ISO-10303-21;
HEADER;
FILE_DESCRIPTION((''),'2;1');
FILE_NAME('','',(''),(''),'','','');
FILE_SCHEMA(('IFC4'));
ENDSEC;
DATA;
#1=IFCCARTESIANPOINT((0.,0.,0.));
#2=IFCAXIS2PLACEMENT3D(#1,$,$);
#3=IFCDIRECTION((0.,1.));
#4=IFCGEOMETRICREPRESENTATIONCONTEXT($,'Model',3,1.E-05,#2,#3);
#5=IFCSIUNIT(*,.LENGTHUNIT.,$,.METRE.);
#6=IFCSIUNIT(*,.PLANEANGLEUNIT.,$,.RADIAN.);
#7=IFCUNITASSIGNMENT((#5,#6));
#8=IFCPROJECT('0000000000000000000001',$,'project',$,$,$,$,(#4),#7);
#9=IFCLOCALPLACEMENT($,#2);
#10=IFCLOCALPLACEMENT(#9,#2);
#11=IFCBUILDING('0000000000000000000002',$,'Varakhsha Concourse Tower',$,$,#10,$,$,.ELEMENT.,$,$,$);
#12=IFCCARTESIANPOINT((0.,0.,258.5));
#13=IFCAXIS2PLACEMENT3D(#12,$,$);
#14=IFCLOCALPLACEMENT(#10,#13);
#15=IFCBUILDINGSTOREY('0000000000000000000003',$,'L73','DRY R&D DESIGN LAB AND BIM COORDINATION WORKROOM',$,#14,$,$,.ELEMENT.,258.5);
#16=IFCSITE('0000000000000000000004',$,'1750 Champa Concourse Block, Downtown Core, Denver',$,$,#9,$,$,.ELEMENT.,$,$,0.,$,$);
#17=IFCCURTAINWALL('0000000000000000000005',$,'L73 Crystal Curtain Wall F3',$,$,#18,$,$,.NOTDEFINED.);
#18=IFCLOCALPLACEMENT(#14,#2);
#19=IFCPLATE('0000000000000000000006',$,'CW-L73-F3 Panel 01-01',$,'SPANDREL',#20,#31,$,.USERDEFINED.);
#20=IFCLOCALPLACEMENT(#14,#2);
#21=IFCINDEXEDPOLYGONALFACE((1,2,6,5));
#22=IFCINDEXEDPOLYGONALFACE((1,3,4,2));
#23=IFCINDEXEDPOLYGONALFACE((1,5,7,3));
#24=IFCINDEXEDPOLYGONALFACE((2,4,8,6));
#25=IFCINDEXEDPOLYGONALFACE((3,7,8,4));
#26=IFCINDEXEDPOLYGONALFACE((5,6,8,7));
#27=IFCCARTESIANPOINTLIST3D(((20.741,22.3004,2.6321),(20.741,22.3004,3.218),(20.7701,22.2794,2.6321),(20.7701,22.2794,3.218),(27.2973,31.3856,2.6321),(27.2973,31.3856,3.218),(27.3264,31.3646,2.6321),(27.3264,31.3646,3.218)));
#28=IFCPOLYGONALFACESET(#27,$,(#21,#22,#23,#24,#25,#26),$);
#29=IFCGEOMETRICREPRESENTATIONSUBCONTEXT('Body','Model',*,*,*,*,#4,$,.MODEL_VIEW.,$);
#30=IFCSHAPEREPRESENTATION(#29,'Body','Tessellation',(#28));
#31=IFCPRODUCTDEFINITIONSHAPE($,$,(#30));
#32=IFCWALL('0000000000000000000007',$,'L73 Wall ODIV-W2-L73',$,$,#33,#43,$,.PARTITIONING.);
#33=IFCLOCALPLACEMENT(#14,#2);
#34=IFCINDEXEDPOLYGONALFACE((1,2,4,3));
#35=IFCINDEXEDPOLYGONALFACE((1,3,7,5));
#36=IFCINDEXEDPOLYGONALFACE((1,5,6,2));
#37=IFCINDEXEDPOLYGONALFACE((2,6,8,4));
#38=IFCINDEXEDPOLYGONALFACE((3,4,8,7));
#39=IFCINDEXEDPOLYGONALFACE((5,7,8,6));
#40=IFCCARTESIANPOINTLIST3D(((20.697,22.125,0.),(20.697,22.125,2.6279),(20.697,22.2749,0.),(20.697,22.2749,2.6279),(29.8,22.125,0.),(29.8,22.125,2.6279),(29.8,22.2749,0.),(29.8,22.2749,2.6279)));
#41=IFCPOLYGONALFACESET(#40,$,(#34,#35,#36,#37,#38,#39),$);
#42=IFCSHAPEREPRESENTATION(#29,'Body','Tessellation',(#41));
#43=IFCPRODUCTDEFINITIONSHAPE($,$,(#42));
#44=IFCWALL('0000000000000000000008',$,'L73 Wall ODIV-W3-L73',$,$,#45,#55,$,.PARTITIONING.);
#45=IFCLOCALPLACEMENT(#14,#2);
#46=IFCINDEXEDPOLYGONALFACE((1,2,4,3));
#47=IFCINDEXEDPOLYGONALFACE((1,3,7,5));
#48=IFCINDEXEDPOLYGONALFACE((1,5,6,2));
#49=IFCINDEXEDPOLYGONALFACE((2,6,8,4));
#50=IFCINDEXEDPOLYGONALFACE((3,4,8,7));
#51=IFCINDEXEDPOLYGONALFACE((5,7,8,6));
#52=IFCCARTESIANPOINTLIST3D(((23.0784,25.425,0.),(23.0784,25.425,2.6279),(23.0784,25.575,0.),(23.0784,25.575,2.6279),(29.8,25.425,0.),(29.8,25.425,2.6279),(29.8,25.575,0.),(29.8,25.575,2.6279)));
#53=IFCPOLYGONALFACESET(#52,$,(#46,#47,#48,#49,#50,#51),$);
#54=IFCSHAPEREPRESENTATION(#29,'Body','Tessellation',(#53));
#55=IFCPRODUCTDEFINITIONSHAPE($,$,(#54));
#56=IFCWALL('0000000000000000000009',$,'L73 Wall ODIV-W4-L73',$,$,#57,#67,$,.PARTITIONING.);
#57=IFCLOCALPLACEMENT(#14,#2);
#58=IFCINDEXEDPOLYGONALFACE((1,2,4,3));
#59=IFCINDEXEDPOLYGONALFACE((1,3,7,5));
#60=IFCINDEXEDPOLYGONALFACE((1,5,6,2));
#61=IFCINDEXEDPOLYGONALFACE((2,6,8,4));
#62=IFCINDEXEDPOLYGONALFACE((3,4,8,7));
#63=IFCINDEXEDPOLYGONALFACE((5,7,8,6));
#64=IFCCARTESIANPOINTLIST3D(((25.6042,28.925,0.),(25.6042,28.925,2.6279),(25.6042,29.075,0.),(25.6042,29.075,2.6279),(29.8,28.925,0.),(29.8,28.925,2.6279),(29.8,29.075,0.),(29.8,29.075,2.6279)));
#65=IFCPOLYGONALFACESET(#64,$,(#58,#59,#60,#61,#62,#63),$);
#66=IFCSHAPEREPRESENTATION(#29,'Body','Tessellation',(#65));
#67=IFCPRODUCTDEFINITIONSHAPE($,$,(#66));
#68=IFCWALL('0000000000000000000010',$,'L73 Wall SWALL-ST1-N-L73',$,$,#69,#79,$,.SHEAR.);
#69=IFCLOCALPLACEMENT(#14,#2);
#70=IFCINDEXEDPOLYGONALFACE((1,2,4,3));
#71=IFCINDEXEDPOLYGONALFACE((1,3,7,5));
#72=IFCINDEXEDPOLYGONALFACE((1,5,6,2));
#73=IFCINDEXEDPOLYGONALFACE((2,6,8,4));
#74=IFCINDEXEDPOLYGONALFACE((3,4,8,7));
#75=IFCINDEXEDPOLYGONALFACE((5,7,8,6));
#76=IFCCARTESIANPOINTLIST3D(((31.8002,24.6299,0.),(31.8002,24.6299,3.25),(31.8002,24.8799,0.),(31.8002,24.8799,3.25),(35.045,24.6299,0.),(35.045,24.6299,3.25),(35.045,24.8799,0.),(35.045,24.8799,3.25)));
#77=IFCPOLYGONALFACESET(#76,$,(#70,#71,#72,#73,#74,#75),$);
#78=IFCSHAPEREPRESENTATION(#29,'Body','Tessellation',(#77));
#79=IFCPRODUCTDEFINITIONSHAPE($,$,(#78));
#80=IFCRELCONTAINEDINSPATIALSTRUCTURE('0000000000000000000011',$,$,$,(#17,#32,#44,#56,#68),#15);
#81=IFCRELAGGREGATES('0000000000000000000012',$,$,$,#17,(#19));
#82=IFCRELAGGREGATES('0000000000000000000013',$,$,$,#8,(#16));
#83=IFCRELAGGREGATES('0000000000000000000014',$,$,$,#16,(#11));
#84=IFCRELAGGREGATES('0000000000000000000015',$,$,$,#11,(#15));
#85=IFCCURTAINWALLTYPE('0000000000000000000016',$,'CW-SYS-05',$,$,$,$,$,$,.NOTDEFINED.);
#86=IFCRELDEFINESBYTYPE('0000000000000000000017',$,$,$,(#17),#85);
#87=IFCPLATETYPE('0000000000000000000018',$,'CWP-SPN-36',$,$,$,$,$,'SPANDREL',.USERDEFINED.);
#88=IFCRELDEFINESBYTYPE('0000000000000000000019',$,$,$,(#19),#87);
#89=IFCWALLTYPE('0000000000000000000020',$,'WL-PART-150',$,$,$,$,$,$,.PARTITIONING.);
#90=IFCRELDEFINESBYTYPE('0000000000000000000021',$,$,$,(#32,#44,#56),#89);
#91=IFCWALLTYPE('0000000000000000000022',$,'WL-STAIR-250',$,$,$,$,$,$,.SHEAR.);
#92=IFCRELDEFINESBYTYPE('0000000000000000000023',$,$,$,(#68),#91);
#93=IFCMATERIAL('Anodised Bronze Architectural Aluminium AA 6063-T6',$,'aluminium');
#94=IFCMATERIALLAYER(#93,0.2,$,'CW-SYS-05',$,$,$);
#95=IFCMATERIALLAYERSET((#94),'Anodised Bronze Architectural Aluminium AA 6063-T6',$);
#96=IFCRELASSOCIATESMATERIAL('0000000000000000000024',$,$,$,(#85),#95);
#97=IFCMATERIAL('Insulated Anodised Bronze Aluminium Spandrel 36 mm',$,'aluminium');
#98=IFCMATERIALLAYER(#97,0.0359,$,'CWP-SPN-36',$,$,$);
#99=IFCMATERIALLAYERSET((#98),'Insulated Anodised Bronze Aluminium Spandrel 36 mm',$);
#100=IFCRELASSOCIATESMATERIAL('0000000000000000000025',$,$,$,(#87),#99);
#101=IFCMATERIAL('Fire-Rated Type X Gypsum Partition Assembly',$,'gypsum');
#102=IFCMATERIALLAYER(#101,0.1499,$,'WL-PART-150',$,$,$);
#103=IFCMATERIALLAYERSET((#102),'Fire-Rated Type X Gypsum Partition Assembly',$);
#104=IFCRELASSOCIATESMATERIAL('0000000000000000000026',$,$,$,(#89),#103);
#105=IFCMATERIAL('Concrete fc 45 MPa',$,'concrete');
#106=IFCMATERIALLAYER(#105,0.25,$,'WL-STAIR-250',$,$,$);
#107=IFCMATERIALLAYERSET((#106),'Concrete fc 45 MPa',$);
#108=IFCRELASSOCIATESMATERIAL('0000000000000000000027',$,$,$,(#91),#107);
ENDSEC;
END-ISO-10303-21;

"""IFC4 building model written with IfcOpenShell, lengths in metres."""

from ifc_helpers import new_model, si_unit, direction, frame, frame_2d, origin, origin_2d, place, context, subcontext, project, spatial, rectangle, extrude, source, transform, mapped, material, layer, layer_set, type_object, type_shapes, element, aggregate, save


model = new_model("IFC4")

# Units and contexts
model_context = context("Model", 3, precision=1e-05, world=origin(), true_north=direction((0.0, 1.0)))
body_context = subcontext(model_context, "Body", "Model", "MODEL_VIEW")
ifc_project = project(units=[si_unit("LENGTHUNIT", "METRE"), si_unit("PLANEANGLEUNIT", "RADIAN")], contexts=[model_context])

# Site, building, storey
site_placement = place(None, origin())
site = spatial("IfcSite", under=ifc_project, at=site_placement, Name="1750 Champa Concourse Block, Downtown Core, Denver", CompositionType="ELEMENT", RefElevation=0.0)
building_placement = place(site_placement, origin())
building = spatial("IfcBuilding", under=site, at=building_placement, Name="Varakhsha Concourse Tower", CompositionType="ELEMENT")
storey_placement = place(building_placement, frame((0.0, 0.0, 258.5)))
storey = spatial("IfcBuildingStorey", under=building, at=storey_placement, Name="L73", Description="DRY R&D DESIGN LAB AND BIM COORDINATION WORKROOM", CompositionType="ELEMENT", Elevation=258.5)

# Curtain wall, plate
ifc_material_1 = material(Name="Anodised Bronze Architectural Aluminium AA 6063-T6", Category="aluminium")
ifc_layer_1 = layer(ifc_material_1, 0.2, Name="CW-SYS-05")
ifc_layer_set_1 = layer_set([ifc_layer_1], Name="Anodised Bronze Architectural Aluminium AA 6063-T6")
curtain_wall_type = type_object("IfcCurtainWallType", Name="CW-SYS-05", PredefinedType="NOTDEFINED", material=ifc_layer_set_1)
curtain_wall_placement = place(storey_placement, origin())
curtain_wall = element("IfcCurtainWall", 1, at=curtain_wall_placement, inside=storey, type_object=curtain_wall_type, Name="L73 Crystal Curtain Wall F3", PredefinedType="NOTDEFINED")
ifc_material_2 = material(Name="Insulated Anodised Bronze Aluminium Spandrel 36 mm", Category="aluminium")
ifc_layer_2 = layer(ifc_material_2, 0.0359, Name="CWP-SPN-36")
ifc_layer_set_2 = layer_set([ifc_layer_2], Name="Insulated Anodised Bronze Aluminium Spandrel 36 mm")
plate_type_1 = type_object("IfcPlateType", Name="CWP-SPN-36", ElementType="SPANDREL", PredefinedType="USERDEFINED", material=ifc_layer_set_2)
shared_shape_1 = source(origin(), body_context, "Body", "SweptSolid", [
    extrude(rectangle(XDim=11.2039, YDim=0.0359, at=origin_2d()), origin(), (0.0, 0.0, 1.0), 0.5859),
])
type_shapes(plate_type_1, [shared_shape_1])
plate_1_placement = place(storey_placement, frame((24.0337, 26.8325, 2.6321), z_axis=(0.0, 0.0, 1.0), x_axis=(0.585188, 0.810897, 0.0)))
plate_1 = element("IfcPlate", 2, at=plate_1_placement, type_object=plate_type_1, Name="CW-L73-F3 Panel 01-01", ObjectType="SPANDREL", PredefinedType="USERDEFINED", context=body_context, shape_type="MappedRepresentation", body=[
    mapped(shared_shape_1, transform((0.0, 0.0, 0.0), scale=1.0)),
])
aggregate(curtain_wall, [plate_1])

# Walls
ifc_material_3 = material(Name="Fire-Rated Type X Gypsum Partition Assembly", Category="gypsum")
ifc_layer_3 = layer(ifc_material_3, 0.1499, Name="WL-PART-150")
ifc_layer_set_3 = layer_set([ifc_layer_3], Name="Fire-Rated Type X Gypsum Partition Assembly")
wall_type_1 = type_object("IfcWallType", Name="WL-PART-150", PredefinedType="PARTITIONING", material=ifc_layer_set_3)
wall_1_placement = place(storey_placement, frame((20.697, 22.2, 0.0), z_axis=(0.0, 0.0, 1.0), x_axis=(1.0, 0.0, 0.0)))
element("IfcWall", 3, at=wall_1_placement, inside=storey, type_object=wall_type_1, Name="L73 Wall ODIV-W2-L73", PredefinedType="PARTITIONING", context=body_context, shape_type="SweptSolid", body=[
    extrude(rectangle(XDim=9.103, YDim=0.1499, at=frame_2d((4.5515, 0.0))), origin(), (0.0, 0.0, 1.0), 2.6279),
])
wall_2_placement = place(storey_placement, frame((23.0784, 25.5, 0.0), z_axis=(0.0, 0.0, 1.0), x_axis=(1.0, 0.0, 0.0)))
element("IfcWall", 4, at=wall_2_placement, inside=storey, type_object=wall_type_1, Name="L73 Wall ODIV-W3-L73", PredefinedType="PARTITIONING", context=body_context, shape_type="SweptSolid", body=[
    extrude(rectangle(XDim=6.7217, YDim=0.1499, at=frame_2d((3.3608, 0.0))), origin(), (0.0, 0.0, 1.0), 2.6279),
])
wall_3_placement = place(storey_placement, frame((25.6042, 29.0, 0.0), z_axis=(0.0, 0.0, 1.0), x_axis=(1.0, 0.0, 0.0)))
element("IfcWall", 5, at=wall_3_placement, inside=storey, type_object=wall_type_1, Name="L73 Wall ODIV-W4-L73", PredefinedType="PARTITIONING", context=body_context, shape_type="SweptSolid", body=[
    extrude(rectangle(XDim=4.1958, YDim=0.1499, at=frame_2d((2.0979, 0.0))), origin(), (0.0, 0.0, 1.0), 2.6279),
])

# Wall
ifc_material_4 = material(Name="Concrete fc 45 MPa", Category="concrete")
ifc_layer_4 = layer(ifc_material_4, 0.25, Name="WL-STAIR-250")
ifc_layer_set_4 = layer_set([ifc_layer_4], Name="Concrete fc 45 MPa")
wall_type_2 = type_object("IfcWallType", Name="WL-STAIR-250", PredefinedType="SHEAR", material=ifc_layer_set_4)
wall_4_placement = place(storey_placement, frame((31.8, 24.7549, 0.0), z_axis=(0.0, 0.0, 1.0), x_axis=(1.0, 0.0, 0.0)))
element("IfcWall", 6, at=wall_4_placement, inside=storey, type_object=wall_type_2, Name="L73 Wall SWALL-ST1-N-L73", PredefinedType="SHEAR", context=body_context, shape_type="SweptSolid", body=[
    extrude(rectangle(XDim=3.2449, YDim=0.25, at=frame_2d((1.6226, 0.0))), origin(), (0.0, 0.0, 1.0), 3.25),
])

save(model, "model.ifc")
